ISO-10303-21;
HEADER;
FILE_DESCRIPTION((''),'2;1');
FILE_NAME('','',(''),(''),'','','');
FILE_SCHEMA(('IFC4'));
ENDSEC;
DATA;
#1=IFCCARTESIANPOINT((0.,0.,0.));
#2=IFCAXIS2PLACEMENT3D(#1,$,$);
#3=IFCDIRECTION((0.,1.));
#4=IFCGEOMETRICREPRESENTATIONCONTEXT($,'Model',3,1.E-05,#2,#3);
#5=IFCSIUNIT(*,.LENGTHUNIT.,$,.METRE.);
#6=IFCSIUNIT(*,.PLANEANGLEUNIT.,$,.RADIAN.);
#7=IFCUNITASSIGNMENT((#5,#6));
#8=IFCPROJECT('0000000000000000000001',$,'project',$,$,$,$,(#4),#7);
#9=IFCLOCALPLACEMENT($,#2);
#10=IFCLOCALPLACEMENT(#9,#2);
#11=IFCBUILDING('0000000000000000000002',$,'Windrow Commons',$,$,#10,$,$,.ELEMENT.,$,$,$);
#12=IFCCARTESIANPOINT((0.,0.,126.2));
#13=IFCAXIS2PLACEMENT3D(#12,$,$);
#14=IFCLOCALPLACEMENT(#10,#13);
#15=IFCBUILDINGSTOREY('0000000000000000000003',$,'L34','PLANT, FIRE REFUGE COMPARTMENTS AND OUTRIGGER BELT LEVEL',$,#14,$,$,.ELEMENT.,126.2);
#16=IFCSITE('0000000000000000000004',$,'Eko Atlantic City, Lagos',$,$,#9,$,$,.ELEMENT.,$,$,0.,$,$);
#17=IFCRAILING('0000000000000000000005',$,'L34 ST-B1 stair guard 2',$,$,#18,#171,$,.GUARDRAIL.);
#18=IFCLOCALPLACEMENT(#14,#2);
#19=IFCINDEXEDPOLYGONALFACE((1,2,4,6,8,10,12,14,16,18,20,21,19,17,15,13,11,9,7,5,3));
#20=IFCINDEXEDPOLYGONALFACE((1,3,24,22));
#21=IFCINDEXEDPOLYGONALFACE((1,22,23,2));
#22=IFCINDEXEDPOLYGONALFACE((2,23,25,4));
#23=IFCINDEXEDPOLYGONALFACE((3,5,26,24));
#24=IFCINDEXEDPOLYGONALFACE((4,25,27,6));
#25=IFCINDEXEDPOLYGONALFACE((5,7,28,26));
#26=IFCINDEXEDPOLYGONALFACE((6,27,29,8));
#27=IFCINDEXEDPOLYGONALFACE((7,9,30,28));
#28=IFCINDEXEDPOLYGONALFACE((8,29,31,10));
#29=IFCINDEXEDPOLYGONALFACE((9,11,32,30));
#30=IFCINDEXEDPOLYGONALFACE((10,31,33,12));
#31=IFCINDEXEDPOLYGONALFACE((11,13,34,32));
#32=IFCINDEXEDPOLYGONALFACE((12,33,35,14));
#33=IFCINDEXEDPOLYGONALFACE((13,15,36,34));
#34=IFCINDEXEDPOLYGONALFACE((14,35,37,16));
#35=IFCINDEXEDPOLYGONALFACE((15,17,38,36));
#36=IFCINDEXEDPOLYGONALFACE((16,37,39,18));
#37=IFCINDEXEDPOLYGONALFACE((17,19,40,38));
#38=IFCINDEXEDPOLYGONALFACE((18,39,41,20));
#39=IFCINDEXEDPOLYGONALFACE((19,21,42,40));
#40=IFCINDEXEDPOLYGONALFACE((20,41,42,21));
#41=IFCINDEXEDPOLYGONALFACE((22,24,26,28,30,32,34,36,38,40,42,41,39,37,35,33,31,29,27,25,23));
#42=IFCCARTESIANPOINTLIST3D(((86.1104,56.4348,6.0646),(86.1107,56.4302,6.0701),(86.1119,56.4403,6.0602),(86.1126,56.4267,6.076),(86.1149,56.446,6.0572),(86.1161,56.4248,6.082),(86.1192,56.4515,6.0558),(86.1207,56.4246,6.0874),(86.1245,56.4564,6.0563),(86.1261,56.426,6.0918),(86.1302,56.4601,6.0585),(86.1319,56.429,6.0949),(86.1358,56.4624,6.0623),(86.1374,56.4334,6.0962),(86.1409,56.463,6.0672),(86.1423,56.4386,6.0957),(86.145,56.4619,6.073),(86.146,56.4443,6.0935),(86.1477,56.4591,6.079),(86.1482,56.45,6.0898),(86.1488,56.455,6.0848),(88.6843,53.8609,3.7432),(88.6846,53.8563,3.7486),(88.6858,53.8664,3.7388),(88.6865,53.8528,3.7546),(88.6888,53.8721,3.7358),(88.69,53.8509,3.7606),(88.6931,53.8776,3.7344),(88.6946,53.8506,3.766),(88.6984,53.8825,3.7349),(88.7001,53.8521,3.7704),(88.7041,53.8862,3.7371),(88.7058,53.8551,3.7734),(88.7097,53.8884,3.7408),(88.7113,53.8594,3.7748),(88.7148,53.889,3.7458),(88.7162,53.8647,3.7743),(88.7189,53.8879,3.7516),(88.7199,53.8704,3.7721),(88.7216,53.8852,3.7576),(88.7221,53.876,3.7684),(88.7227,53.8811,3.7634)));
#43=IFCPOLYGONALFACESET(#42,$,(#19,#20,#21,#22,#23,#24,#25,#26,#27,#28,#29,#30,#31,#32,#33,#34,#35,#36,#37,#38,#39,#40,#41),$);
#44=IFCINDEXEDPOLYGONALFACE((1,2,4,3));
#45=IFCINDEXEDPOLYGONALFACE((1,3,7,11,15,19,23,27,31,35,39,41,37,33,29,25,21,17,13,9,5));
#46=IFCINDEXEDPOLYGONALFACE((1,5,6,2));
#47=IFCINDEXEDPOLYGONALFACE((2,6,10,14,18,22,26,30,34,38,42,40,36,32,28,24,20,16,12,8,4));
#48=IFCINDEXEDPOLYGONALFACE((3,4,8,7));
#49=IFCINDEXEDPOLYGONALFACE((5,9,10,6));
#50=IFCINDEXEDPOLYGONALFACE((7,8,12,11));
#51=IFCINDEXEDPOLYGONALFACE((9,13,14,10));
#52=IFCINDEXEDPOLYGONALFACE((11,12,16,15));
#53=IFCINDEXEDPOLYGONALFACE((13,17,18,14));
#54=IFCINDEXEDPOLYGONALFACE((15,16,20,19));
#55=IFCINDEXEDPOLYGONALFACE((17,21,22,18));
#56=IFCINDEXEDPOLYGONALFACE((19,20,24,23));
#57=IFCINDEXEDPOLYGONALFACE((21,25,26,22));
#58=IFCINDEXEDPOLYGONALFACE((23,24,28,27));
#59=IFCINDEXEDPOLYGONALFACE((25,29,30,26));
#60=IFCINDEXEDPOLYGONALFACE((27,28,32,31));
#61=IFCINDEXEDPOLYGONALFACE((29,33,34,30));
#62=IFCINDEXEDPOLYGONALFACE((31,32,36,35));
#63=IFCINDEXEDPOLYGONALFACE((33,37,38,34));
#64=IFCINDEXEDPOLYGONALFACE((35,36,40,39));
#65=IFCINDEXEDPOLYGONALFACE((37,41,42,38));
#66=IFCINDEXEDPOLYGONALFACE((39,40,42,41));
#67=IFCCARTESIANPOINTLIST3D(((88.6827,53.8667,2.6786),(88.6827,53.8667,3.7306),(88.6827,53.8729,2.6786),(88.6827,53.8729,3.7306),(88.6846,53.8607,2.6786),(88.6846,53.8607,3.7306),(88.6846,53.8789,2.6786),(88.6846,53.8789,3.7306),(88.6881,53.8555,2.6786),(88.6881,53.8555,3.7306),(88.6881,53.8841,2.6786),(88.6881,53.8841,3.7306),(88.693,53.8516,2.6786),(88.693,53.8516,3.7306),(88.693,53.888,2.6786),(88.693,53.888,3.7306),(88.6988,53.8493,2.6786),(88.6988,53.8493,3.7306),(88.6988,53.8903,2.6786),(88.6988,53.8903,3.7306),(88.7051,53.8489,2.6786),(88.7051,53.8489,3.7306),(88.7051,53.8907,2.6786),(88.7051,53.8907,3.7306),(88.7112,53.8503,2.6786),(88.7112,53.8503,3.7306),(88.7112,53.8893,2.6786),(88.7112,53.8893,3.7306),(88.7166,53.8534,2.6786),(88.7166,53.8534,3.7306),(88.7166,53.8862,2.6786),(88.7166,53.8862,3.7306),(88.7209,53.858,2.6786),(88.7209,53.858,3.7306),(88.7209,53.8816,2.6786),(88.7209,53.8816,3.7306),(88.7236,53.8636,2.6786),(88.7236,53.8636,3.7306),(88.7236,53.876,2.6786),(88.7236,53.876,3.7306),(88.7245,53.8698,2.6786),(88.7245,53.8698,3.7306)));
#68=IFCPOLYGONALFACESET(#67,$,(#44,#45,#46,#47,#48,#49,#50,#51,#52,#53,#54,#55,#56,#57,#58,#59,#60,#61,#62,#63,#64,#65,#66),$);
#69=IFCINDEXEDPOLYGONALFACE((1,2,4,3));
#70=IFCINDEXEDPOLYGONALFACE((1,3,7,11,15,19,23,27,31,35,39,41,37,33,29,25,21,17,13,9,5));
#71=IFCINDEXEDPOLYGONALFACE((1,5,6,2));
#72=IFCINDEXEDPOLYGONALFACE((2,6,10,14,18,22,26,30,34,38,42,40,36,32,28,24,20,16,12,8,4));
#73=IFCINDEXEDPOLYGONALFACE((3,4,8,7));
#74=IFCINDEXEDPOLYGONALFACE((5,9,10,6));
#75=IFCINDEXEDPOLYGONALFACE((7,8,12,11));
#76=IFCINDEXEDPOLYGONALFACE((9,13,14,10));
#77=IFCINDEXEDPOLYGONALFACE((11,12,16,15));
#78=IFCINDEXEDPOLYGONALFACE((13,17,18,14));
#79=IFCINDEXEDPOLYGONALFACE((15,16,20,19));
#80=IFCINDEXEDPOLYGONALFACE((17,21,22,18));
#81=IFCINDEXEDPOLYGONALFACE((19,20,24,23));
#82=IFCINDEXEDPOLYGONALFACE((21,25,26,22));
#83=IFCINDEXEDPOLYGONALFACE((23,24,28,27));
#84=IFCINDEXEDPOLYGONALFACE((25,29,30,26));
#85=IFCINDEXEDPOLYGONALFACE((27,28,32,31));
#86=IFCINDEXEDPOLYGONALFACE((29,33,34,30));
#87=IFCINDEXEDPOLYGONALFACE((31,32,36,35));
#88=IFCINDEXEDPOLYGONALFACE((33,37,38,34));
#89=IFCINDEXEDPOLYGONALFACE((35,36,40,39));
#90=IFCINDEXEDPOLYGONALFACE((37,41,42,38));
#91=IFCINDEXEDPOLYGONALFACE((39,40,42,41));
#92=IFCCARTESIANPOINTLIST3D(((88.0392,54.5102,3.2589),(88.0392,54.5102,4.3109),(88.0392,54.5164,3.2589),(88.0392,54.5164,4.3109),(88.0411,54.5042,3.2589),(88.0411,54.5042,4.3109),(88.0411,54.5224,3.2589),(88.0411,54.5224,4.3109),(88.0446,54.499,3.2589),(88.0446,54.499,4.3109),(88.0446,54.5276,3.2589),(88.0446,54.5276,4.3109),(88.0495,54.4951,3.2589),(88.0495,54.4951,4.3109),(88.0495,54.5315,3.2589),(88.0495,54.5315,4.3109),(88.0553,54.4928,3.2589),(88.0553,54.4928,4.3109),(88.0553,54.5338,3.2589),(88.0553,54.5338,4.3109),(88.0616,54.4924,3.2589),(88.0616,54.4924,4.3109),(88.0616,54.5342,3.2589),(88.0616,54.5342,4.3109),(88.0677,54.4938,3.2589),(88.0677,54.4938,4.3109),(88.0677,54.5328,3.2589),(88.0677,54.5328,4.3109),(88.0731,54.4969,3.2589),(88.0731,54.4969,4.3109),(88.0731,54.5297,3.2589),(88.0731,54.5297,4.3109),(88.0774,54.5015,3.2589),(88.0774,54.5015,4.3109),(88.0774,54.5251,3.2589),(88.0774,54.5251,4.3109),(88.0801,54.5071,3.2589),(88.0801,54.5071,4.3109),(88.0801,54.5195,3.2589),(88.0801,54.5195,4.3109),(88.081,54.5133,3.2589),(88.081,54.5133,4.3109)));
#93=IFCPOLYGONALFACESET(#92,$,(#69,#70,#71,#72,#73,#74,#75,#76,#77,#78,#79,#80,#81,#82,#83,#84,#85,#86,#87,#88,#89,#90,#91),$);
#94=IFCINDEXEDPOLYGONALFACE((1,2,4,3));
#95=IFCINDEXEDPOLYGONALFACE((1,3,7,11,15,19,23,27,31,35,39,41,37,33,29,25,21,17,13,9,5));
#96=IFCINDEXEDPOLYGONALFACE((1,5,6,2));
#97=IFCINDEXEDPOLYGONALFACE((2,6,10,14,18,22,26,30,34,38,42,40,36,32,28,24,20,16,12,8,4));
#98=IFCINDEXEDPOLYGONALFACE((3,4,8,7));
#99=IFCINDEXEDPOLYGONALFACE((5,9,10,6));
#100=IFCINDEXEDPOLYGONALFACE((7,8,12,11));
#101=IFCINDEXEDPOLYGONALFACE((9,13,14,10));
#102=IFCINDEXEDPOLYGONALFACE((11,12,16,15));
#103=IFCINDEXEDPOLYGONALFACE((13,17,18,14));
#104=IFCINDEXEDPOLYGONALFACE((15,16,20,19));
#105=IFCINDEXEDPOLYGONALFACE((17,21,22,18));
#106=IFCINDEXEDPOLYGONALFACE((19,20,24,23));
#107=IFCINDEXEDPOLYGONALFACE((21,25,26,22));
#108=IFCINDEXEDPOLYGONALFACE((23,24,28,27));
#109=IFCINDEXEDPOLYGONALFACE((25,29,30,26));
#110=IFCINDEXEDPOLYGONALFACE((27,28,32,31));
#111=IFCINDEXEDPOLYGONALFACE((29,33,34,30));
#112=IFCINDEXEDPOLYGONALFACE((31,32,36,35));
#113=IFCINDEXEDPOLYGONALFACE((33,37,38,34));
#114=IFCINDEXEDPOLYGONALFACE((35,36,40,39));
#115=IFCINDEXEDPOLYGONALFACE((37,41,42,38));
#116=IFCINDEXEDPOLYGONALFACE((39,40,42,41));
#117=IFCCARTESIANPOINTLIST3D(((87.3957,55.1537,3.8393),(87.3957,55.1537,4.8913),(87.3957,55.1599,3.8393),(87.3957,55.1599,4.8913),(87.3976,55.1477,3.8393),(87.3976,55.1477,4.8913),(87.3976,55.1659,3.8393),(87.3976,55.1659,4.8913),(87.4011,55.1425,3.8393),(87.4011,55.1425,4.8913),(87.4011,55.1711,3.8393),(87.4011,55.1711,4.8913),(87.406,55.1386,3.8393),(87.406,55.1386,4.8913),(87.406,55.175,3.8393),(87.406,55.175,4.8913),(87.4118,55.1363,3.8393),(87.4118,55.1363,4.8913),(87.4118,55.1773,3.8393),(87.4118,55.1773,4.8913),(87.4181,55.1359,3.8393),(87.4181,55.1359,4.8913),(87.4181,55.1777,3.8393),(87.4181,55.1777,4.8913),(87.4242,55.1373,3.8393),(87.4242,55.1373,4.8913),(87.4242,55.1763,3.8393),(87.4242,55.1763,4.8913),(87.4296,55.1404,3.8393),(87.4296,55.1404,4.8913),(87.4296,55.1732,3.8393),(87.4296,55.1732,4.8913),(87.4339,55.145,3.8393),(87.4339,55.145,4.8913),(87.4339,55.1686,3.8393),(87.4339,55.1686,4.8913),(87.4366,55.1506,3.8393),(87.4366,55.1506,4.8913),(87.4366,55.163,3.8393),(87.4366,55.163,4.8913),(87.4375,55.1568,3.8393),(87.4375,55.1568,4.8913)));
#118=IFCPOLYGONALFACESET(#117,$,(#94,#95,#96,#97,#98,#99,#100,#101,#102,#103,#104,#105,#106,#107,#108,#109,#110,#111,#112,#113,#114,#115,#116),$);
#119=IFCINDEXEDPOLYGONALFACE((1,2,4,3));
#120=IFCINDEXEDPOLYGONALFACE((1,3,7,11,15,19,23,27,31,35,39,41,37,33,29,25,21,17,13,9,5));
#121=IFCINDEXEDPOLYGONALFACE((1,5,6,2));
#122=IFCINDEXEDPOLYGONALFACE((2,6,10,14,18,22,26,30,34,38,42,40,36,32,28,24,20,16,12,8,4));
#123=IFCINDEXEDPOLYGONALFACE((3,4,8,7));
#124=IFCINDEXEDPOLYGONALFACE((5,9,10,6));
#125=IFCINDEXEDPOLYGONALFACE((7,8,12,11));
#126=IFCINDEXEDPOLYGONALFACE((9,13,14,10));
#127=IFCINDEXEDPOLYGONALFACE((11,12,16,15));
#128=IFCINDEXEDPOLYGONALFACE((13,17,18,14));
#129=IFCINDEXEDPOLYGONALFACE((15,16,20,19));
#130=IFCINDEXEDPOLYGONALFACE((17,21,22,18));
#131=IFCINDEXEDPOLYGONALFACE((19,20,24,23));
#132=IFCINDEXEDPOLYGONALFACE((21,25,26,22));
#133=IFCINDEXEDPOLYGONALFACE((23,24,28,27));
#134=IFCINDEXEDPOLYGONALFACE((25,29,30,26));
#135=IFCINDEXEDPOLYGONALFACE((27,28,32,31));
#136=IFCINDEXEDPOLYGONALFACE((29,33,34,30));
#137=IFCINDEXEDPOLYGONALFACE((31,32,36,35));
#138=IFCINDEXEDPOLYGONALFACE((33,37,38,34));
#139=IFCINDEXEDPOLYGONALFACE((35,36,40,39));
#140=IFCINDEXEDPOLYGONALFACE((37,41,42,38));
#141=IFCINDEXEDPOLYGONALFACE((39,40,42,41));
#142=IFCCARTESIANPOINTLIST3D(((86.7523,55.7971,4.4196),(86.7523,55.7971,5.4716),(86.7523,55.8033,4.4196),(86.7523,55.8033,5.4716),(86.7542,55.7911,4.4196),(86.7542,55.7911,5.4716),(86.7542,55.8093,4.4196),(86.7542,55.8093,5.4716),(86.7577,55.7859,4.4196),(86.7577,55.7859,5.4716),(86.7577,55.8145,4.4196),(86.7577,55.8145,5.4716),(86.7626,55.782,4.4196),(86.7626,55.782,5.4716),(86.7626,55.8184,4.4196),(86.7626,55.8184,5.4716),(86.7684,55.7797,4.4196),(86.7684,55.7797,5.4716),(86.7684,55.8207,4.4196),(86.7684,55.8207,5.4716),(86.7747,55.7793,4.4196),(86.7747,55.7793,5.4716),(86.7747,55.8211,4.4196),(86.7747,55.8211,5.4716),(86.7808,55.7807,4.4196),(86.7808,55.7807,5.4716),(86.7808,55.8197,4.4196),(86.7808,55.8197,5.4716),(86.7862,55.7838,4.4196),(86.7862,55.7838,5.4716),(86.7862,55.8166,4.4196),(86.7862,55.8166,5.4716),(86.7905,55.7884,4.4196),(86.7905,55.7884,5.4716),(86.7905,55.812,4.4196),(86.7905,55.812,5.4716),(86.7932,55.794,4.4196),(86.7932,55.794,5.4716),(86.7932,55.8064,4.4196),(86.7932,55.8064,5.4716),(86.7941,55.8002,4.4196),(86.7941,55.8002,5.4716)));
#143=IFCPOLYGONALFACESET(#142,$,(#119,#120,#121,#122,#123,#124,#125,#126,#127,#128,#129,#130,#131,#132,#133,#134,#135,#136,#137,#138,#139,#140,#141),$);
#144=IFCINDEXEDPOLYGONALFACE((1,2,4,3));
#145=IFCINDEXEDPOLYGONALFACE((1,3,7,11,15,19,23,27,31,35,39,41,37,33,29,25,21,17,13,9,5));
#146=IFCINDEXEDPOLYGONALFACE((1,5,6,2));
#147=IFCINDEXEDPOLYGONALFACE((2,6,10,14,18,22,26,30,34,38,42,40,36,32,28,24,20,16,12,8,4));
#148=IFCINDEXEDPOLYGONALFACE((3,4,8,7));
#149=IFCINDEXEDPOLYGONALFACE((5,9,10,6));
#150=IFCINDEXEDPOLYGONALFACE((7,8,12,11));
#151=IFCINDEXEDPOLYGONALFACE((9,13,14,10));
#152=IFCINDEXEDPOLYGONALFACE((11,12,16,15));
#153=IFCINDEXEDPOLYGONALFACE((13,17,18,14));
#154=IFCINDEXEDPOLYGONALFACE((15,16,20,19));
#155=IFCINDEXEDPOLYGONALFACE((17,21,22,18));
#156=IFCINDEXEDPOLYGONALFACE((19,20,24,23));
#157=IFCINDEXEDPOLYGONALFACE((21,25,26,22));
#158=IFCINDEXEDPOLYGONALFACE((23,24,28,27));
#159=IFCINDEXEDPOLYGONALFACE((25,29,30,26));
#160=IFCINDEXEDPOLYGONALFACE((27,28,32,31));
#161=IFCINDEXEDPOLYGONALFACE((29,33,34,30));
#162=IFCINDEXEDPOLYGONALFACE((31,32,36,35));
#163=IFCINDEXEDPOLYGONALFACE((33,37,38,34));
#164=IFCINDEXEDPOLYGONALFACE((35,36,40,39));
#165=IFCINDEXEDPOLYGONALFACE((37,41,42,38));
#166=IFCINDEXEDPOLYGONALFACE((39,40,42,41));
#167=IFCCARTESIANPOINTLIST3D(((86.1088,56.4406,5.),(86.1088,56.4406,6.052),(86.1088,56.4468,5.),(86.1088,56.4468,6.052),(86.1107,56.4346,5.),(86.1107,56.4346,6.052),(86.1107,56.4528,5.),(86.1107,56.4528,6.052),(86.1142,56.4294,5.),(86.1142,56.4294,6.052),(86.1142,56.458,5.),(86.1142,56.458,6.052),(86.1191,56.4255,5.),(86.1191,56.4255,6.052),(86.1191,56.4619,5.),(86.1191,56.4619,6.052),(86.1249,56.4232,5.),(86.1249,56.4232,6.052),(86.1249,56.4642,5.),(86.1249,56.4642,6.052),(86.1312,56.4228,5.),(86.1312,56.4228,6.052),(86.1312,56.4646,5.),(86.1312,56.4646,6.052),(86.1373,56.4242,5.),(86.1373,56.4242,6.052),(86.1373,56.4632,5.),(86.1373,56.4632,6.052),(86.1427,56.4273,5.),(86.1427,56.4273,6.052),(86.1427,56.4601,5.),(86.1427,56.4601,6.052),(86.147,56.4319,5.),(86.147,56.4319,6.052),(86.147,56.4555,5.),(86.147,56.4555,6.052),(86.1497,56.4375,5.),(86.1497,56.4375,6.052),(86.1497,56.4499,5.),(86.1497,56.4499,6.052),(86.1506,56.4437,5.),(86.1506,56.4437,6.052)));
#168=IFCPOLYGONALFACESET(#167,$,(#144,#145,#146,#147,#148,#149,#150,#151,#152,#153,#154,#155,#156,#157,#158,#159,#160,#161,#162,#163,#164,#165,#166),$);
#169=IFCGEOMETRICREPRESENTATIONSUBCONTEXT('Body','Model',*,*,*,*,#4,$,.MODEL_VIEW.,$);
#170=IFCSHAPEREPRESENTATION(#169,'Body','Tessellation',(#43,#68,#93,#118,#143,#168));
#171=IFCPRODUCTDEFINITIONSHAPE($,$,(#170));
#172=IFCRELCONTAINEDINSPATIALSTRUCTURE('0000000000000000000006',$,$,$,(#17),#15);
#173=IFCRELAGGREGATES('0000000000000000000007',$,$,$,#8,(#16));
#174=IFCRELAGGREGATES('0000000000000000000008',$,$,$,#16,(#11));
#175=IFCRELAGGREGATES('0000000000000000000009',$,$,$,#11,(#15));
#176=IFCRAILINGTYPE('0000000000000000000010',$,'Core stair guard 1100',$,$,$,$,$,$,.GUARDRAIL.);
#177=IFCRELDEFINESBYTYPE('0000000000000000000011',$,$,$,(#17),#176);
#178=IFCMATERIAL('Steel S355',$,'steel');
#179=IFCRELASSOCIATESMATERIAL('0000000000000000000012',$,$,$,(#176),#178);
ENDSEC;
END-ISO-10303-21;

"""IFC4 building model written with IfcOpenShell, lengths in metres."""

from ifc_helpers import new_model, si_unit, direction, frame, origin, origin_2d, place, context, subcontext, project, spatial, circle, extrude, material, type_object, element, save


model = new_model("IFC4")

# Units and contexts
model_context = context("Model", 3, precision=1e-05, world=origin(), true_north=direction((0.0, 1.0)))
body_context = subcontext(model_context, "Body", "Model", "MODEL_VIEW")
ifc_project = project(units=[si_unit("LENGTHUNIT", "METRE"), si_unit("PLANEANGLEUNIT", "RADIAN")], contexts=[model_context])

# Site, building, storey
site_placement = place(None, origin())
site = spatial("IfcSite", under=ifc_project, at=site_placement, Name="Eko Atlantic City, Lagos", CompositionType="ELEMENT", RefElevation=0.0)
building_placement = place(site_placement, origin())
building = spatial("IfcBuilding", under=site, at=building_placement, Name="Windrow Commons", CompositionType="ELEMENT")
storey_placement = place(building_placement, frame((0.0, 0.0, 126.2)))
storey = spatial("IfcBuildingStorey", under=building, at=storey_placement, Name="L34", Description="PLANT, FIRE REFUGE COMPARTMENTS AND OUTRIGGER BELT LEVEL", CompositionType="ELEMENT", Elevation=126.2)

# Railing
ifc_material_1 = material(Name="Steel S355", Category="steel")
railing_type_1 = type_object("IfcRailingType", Name="Core stair guard 1100", PredefinedType="GUARDRAIL", material=ifc_material_1)
railing_1_placement = place(storey_placement, frame((88.7035, 53.8698, 2.6786)))
element("IfcRailing", 1, at=railing_1_placement, inside=storey, type_object=railing_type_1, Name="L34 ST-B1 stair guard 2", PredefinedType="GUARDRAIL", context=body_context, shape_type="SweptSolid", body=[
    extrude(circle(Radius=0.024, at=origin_2d()), frame((0.0, 0.0, 1.076), z_axis=(-0.596187, 0.596187, 0.537701), x_axis=(-0.707107, -0.707107, 0.0)), (0.0, 0.0, 1.0), 4.3173),
    extrude(circle(Radius=0.021, at=origin_2d()), origin(), (0.0, 0.0, 1.0), 1.052),
    extrude(circle(Radius=0.021, at=origin_2d()), frame((-0.6435, 0.6435, 0.5803)), (0.0, 0.0, 1.0), 1.052),
    extrude(circle(Radius=0.021, at=origin_2d()), frame((-1.287, 1.287, 1.1607)), (0.0, 0.0, 1.0), 1.052),
    extrude(circle(Radius=0.021, at=origin_2d()), frame((-1.9304, 1.9304, 1.741)), (0.0, 0.0, 1.0), 1.052),
    extrude(circle(Radius=0.021, at=origin_2d()), frame((-2.5739, 2.5739, 2.3214)), (0.0, 0.0, 1.0), 1.052),
])

save(model, "model.ifc")
